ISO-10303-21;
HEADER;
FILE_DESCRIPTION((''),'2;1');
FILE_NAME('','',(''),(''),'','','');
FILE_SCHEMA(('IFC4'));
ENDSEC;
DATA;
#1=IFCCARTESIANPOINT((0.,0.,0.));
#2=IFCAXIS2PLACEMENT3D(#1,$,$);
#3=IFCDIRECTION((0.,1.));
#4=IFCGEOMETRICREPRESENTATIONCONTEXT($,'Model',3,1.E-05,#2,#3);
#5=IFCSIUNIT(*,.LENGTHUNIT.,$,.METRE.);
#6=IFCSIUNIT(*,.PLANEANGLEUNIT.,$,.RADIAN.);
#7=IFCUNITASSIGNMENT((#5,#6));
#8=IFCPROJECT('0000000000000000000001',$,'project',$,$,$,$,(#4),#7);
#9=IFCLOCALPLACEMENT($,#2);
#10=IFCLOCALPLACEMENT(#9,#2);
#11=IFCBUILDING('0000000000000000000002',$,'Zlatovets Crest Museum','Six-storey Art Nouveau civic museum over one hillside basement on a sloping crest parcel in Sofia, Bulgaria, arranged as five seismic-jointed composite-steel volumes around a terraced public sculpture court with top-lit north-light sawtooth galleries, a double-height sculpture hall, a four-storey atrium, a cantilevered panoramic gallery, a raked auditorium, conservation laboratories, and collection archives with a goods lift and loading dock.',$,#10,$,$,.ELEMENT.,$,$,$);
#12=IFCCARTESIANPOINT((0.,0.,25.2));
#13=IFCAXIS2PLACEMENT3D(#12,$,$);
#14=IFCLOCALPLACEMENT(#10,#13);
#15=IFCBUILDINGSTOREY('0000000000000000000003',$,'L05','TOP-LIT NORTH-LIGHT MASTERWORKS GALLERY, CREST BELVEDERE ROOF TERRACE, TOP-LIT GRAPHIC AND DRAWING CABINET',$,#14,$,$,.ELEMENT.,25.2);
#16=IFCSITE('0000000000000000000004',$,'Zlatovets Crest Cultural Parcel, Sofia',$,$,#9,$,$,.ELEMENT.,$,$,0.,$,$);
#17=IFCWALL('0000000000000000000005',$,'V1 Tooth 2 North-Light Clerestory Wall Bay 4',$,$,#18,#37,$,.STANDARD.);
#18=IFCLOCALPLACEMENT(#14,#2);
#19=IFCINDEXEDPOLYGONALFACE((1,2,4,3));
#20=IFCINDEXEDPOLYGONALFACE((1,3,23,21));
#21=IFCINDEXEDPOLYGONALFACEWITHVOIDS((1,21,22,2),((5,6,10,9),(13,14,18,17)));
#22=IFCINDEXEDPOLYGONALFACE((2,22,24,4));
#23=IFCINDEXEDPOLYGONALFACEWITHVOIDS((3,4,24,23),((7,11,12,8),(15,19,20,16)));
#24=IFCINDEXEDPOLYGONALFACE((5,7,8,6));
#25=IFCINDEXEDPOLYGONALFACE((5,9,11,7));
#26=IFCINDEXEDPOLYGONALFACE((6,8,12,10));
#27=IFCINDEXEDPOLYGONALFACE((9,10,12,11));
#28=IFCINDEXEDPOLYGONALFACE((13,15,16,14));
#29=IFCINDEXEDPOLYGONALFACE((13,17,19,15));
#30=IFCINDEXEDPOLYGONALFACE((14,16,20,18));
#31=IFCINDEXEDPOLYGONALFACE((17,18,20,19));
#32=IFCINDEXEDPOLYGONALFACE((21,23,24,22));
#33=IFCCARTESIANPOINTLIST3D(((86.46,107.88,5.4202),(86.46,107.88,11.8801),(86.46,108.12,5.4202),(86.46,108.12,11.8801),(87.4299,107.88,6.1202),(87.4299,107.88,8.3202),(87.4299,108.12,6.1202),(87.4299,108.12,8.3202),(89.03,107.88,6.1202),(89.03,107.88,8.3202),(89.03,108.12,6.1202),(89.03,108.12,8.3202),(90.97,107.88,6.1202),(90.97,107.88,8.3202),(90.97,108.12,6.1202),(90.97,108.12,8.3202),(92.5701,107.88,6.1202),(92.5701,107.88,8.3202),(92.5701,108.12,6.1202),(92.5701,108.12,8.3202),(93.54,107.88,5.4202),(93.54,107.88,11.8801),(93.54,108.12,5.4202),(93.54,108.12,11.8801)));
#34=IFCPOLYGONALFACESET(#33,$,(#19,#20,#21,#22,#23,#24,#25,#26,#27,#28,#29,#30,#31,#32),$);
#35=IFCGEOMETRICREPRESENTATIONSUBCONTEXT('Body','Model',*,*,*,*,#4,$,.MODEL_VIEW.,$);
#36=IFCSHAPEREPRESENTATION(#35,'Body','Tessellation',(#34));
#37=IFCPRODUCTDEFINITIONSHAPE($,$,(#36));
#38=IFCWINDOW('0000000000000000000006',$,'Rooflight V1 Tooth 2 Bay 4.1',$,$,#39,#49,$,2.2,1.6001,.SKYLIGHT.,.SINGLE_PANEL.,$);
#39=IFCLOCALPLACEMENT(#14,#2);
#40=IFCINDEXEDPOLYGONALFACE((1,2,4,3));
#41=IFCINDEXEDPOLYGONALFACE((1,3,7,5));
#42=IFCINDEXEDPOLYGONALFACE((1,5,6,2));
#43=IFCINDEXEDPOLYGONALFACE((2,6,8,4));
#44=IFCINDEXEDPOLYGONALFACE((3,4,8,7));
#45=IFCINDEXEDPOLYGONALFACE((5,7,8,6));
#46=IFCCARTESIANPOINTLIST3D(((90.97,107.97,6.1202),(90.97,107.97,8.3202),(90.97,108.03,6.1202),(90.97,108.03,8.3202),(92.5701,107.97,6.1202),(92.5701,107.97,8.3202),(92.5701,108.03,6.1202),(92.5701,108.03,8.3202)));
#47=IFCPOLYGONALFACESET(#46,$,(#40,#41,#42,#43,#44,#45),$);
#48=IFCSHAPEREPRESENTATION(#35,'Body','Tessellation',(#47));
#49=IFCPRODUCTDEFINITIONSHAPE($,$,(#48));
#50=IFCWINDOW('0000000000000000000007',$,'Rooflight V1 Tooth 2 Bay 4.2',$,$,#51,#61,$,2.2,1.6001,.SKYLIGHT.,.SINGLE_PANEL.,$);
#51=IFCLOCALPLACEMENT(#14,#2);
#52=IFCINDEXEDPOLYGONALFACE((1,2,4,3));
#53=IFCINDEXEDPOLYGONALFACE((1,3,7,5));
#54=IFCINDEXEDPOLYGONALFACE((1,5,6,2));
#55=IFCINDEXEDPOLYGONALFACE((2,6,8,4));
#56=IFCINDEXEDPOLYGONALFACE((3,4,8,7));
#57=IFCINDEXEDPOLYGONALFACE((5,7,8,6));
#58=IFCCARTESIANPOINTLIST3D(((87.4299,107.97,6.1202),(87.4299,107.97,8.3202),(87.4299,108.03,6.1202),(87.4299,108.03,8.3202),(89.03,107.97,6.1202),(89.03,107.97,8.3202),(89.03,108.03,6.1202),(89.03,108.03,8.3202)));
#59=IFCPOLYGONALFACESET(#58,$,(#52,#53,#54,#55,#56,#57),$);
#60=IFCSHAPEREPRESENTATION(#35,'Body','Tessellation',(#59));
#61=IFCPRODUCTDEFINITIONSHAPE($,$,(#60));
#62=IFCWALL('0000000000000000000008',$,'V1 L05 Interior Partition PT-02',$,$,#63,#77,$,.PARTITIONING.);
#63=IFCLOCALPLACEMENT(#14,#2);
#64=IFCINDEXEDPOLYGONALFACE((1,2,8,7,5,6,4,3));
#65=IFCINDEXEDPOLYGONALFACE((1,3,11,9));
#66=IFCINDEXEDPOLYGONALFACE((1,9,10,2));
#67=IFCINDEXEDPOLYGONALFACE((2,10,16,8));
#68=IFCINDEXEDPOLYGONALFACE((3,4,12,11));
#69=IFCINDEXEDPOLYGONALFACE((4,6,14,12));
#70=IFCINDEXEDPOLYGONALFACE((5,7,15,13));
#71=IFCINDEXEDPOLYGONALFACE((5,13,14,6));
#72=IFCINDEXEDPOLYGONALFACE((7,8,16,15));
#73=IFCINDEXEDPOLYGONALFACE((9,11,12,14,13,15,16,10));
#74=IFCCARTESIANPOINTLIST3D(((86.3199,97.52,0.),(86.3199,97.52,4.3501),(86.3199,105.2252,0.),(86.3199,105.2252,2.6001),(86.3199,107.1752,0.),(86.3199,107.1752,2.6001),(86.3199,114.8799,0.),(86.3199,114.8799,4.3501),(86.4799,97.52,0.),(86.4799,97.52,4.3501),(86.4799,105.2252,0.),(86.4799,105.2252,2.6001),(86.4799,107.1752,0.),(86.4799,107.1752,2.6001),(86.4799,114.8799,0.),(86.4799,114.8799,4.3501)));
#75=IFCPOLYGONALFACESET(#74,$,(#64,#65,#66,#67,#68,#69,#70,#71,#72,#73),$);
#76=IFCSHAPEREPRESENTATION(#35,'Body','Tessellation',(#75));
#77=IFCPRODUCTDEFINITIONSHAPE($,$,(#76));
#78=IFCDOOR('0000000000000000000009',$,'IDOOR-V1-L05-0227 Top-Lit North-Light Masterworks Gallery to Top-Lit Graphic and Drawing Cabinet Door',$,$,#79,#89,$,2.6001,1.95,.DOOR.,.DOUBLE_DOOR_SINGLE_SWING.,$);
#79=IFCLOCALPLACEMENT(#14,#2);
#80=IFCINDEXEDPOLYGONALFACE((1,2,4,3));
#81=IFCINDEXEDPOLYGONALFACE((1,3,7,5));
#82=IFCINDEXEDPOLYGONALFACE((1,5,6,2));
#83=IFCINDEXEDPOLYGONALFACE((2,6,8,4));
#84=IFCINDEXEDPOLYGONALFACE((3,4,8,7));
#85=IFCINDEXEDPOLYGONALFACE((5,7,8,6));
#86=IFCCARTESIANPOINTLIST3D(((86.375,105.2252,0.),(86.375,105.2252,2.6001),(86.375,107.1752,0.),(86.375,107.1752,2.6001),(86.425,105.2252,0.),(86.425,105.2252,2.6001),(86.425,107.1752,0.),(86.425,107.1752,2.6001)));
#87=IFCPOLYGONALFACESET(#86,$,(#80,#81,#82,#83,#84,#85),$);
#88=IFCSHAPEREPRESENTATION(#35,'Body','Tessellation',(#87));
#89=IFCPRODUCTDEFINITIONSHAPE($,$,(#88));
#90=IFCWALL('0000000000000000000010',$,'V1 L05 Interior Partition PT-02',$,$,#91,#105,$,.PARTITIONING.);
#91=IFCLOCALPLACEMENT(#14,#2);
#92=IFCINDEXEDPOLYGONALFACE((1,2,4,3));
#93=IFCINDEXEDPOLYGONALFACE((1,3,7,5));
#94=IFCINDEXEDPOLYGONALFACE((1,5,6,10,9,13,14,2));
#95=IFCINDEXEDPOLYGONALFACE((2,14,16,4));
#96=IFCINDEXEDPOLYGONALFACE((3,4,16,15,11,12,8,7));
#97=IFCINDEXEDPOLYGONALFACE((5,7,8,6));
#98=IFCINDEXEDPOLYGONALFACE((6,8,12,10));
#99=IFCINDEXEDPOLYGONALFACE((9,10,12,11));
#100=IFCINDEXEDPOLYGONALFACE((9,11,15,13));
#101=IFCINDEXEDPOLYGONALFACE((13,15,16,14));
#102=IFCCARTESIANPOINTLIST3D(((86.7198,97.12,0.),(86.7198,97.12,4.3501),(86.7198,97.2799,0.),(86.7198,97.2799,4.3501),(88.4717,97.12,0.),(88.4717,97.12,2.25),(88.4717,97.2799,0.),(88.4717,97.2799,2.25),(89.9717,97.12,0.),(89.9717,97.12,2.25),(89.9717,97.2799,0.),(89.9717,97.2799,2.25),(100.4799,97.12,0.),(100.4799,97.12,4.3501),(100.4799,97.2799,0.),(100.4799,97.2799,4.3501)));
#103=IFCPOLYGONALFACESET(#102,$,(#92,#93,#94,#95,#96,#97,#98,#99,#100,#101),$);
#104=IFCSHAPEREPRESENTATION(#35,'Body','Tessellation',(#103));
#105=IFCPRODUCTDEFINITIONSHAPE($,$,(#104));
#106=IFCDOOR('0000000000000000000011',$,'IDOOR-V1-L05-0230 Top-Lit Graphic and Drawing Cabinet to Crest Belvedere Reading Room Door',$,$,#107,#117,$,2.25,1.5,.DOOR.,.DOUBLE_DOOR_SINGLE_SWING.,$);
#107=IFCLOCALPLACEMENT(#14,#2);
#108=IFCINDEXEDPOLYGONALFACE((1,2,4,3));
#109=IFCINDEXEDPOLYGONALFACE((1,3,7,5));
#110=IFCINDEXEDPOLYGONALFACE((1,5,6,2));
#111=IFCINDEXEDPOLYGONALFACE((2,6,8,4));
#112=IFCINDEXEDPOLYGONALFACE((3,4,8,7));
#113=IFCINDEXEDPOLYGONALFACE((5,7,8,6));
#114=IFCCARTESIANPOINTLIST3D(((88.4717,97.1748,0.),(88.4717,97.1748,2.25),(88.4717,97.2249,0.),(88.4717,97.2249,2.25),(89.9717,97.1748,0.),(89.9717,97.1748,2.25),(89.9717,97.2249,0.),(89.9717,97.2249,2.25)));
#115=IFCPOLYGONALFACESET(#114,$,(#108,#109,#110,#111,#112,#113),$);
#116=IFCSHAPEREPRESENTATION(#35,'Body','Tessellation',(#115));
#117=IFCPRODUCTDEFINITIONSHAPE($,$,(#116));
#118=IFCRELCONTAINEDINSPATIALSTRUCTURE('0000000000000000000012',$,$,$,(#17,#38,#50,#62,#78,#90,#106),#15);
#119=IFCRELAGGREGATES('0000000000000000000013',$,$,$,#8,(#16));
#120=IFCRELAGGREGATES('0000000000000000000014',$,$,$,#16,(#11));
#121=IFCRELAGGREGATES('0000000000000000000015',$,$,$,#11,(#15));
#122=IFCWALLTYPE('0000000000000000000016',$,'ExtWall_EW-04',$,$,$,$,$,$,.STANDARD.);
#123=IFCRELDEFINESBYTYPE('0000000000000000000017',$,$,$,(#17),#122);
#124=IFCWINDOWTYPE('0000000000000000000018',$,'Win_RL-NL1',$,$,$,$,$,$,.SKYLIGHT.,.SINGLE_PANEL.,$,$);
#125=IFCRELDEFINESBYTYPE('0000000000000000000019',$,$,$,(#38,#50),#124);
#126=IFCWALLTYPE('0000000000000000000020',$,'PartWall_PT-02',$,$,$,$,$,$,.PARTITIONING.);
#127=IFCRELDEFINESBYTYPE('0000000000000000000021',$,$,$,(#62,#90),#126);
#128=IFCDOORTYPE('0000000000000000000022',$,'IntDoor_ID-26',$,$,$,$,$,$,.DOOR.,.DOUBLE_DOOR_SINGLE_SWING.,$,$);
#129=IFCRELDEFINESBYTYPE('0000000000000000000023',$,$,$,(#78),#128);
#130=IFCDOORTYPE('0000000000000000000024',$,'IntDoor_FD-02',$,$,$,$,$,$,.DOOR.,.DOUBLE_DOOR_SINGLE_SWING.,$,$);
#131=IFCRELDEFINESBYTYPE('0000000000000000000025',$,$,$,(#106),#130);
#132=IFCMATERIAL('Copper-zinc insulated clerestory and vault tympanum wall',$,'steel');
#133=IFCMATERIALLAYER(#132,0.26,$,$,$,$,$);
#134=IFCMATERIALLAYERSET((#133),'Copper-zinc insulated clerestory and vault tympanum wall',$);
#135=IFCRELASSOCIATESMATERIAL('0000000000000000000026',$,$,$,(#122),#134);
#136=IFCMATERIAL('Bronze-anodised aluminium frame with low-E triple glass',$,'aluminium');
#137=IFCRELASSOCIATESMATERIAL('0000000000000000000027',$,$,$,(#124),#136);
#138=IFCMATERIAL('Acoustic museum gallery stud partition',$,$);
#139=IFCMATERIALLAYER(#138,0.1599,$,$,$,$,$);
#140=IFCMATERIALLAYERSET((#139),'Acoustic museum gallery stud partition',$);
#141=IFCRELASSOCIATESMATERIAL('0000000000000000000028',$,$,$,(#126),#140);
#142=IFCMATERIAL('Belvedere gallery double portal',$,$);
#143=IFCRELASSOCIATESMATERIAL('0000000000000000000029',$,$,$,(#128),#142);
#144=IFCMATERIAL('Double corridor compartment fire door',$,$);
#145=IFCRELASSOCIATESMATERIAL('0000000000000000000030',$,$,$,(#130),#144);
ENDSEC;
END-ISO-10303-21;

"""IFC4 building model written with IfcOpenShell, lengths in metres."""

from ifc_helpers import new_model, si_unit, direction, frame, frame_2d, origin, place, context, subcontext, project, spatial, rectangle, extrude, material, layer, layer_set, type_object, element, fill, save


model = new_model("IFC4")

# Units and contexts
model_context = context("Model", 3, precision=1e-05, world=origin(), true_north=direction((0.0, 1.0)))
body_context = subcontext(model_context, "Body", "Model", "MODEL_VIEW")
ifc_project = project(units=[si_unit("LENGTHUNIT", "METRE"), si_unit("PLANEANGLEUNIT", "RADIAN")], contexts=[model_context])

# Site, building, storey
site_placement = place(None, origin())
site = spatial("IfcSite", under=ifc_project, at=site_placement, Name="Zlatovets Crest Cultural Parcel, Sofia", CompositionType="ELEMENT", RefElevation=0.0)
building_placement = place(site_placement, origin())
building = spatial("IfcBuilding", under=site, at=building_placement, Name="Zlatovets Crest Museum", Description="Six-storey Art Nouveau civic museum over one hillside basement on a sloping crest parcel in Sofia, Bulgaria, arranged as five seismic-jointed composite-steel volumes around a terraced public sculpture court with top-lit north-light sawtooth galleries, a double-height sculpture hall, a four-storey atrium, a cantilevered panoramic gallery, a raked auditorium, conservation laboratories, and collection archives with a goods lift and loading dock.", CompositionType="ELEMENT")
storey_placement = place(building_placement, frame((0.0, 0.0, 25.2)))
storey = spatial("IfcBuildingStorey", under=building, at=storey_placement, Name="L05", Description="TOP-LIT NORTH-LIGHT MASTERWORKS GALLERY, CREST BELVEDERE ROOF TERRACE, TOP-LIT GRAPHIC AND DRAWING CABINET", CompositionType="ELEMENT", Elevation=25.2)

# Wall, openings, windows
ifc_material_1 = material(Name="Copper-zinc insulated clerestory and vault tympanum wall", Category="steel")
ifc_layer_1 = layer(ifc_material_1, 0.26)
ifc_layer_set_1 = layer_set([ifc_layer_1], Name="Copper-zinc insulated clerestory and vault tympanum wall")
wall_type_1 = type_object("IfcWallType", Name="ExtWall_EW-04", PredefinedType="STANDARD", material=ifc_layer_set_1)
ifc_material_2 = material(Name="Bronze-anodised aluminium frame with low-E triple glass", Category="aluminium")
wall_1_placement = place(storey_placement, frame((93.54, 108.0, 5.4202), z_axis=(0.0, 0.0, 1.0), x_axis=(-1.0, 0.0, 0.0)))
wall_1 = element("IfcWall", 1, at=wall_1_placement, inside=storey, type_object=wall_type_1, Name="V1 Tooth 2 North-Light Clerestory Wall Bay 4", PredefinedType="STANDARD", context=body_context, shape_type="SweptSolid", body=[
    extrude(rectangle(XDim=7.0801, YDim=0.24, at=frame_2d((3.54, 0.0))), origin(), (0.0, 0.0, 1.0), 6.46),
])
opening_1_placement = place(wall_1_placement, frame((0.97, 0.0, 0.7)))
opening_1 = element("IfcOpeningElement", 2, at=opening_1_placement, cuts=wall_1, PredefinedType="OPENING", context=body_context, shape_type="SweptSolid", body=[
    extrude(rectangle(XDim=1.6001, YDim=2.2, at=frame_2d((0.8, 1.1001))), frame((0.0, 0.1299, 0.0), z_axis=(0.0, -1.0, 0.0), x_axis=(1.0, 0.0, 0.0)), (0.0, 0.0, 1.0), 0.26),
])
opening_2_placement = place(wall_1_placement, frame((4.51, 0.0, 0.7)))
opening_2 = element("IfcOpeningElement", 3, at=opening_2_placement, cuts=wall_1, PredefinedType="OPENING", context=body_context, shape_type="SweptSolid", body=[
    extrude(rectangle(XDim=1.6001, YDim=2.2, at=frame_2d((0.8, 1.1001))), frame((0.0, 0.1299, 0.0), z_axis=(0.0, -1.0, 0.0), x_axis=(1.0, 0.0, 0.0)), (0.0, 0.0, 1.0), 0.26),
])
window_type_1 = type_object("IfcWindowType", Name="Win_RL-NL1", PartitioningType="SINGLE_PANEL", PredefinedType="SKYLIGHT", material=ifc_material_2)
window_1_placement = place(opening_1_placement, origin())
window_1 = element("IfcWindow", 4, at=window_1_placement, inside=storey, type_object=window_type_1, Name="Rooflight V1 Tooth 2 Bay 4.1", OverallHeight=2.2, OverallWidth=1.6001, PartitioningType="SINGLE_PANEL", PredefinedType="SKYLIGHT", context=body_context, shape_type="SweptSolid", body=[
    extrude(rectangle(XDim=1.6001, YDim=2.2, at=frame_2d((0.8, 1.1001))), frame((0.0, 0.03, 0.0), z_axis=(0.0, -1.0, 0.0), x_axis=(1.0, 0.0, 0.0)), (0.0, 0.0, 1.0), 0.0601),
])
fill(opening_1, window_1)
window_2_placement = place(opening_2_placement, origin())
window_2 = element("IfcWindow", 5, at=window_2_placement, inside=storey, type_object=window_type_1, Name="Rooflight V1 Tooth 2 Bay 4.2", OverallHeight=2.2, OverallWidth=1.6001, PartitioningType="SINGLE_PANEL", PredefinedType="SKYLIGHT", context=body_context, shape_type="SweptSolid", body=[
    extrude(rectangle(XDim=1.6001, YDim=2.2, at=frame_2d((0.8, 1.1001))), frame((0.0, 0.03, 0.0), z_axis=(0.0, -1.0, 0.0), x_axis=(1.0, 0.0, 0.0)), (0.0, 0.0, 1.0), 0.0601),
])
fill(opening_2, window_2)

# Walls, openings, doors
ifc_material_3 = material(Name="Acoustic museum gallery stud partition")
ifc_layer_2 = layer(ifc_material_3, 0.1599)
ifc_layer_set_2 = layer_set([ifc_layer_2], Name="Acoustic museum gallery stud partition")
wall_type_2 = type_object("IfcWallType", Name="PartWall_PT-02", PredefinedType="PARTITIONING", material=ifc_layer_set_2)
wall_2_placement = place(storey_placement, frame((86.3999, 97.52, 0.0), z_axis=(0.0, 0.0, 1.0), x_axis=(0.0, 1.0, 0.0)))
wall_2 = element("IfcWall", 6, at=wall_2_placement, inside=storey, type_object=wall_type_2, Name="V1 L05 Interior Partition PT-02", PredefinedType="PARTITIONING", context=body_context, shape_type="SweptSolid", body=[
    extrude(rectangle(XDim=17.3599, YDim=0.1599, at=frame_2d((8.6799, 0.0))), origin(), (0.0, 0.0, 1.0), 4.3501),
])
opening_3_placement = place(wall_2_placement, frame((7.7051, 0.0, 0.0)))
opening_3 = element("IfcOpeningElement", 7, at=opening_3_placement, cuts=wall_2, PredefinedType="OPENING", context=body_context, shape_type="SweptSolid", body=[
    extrude(rectangle(XDim=1.95, YDim=2.6001, at=frame_2d((0.9751, 1.3))), frame((0.0, 0.0898, 0.0), z_axis=(0.0, -1.0, 0.0), x_axis=(1.0, 0.0, 0.0)), (0.0, 0.0, 1.0), 0.1799),
])
ifc_material_4 = material(Name="Belvedere gallery double portal")
door_type_1 = type_object("IfcDoorType", Name="IntDoor_ID-26", OperationType="DOUBLE_DOOR_SINGLE_SWING", PredefinedType="DOOR", material=ifc_material_4)
door_1_placement = place(opening_3_placement, origin())
door_1 = element("IfcDoor", 8, at=door_1_placement, inside=storey, type_object=door_type_1, Name="IDOOR-V1-L05-0227 Top-Lit North-Light Masterworks Gallery to Top-Lit Graphic and Drawing Cabinet Door", OperationType="DOUBLE_DOOR_SINGLE_SWING", OverallHeight=2.6001, OverallWidth=1.95, PredefinedType="DOOR", context=body_context, shape_type="SweptSolid", body=[
    extrude(rectangle(XDim=1.95, YDim=2.6001, at=frame_2d((0.9751, 1.3))), frame((0.0, 0.0249, 0.0), z_axis=(0.0, -1.0, 0.0), x_axis=(1.0, 0.0, 0.0)), (0.0, 0.0, 1.0), 0.05),
])
fill(opening_3, door_1)
wall_3_placement = place(storey_placement, frame((86.72, 97.2, 0.0), z_axis=(0.0, 0.0, 1.0), x_axis=(1.0, 0.0, 0.0)))
wall_3 = element("IfcWall", 9, at=wall_3_placement, inside=storey, type_object=wall_type_2, Name="V1 L05 Interior Partition PT-02", PredefinedType="PARTITIONING", context=body_context, shape_type="SweptSolid", body=[
    extrude(rectangle(XDim=13.76, YDim=0.1599, at=frame_2d((6.8799, 0.0))), origin(), (0.0, 0.0, 1.0), 4.3501),
])
opening_4_placement = place(wall_3_placement, frame((1.7517, 0.0, 0.0)))
opening_4 = element("IfcOpeningElement", 10, at=opening_4_placement, cuts=wall_3, PredefinedType="OPENING", context=body_context, shape_type="SweptSolid", body=[
    extrude(rectangle(XDim=1.5, YDim=2.25, at=frame_2d((0.75, 1.125))), frame((0.0, 0.0898, 0.0), z_axis=(0.0, -1.0, 0.0), x_axis=(1.0, 0.0, 0.0)), (0.0, 0.0, 1.0), 0.1799),
])
ifc_material_5 = material(Name="Double corridor compartment fire door")
door_type_2 = type_object("IfcDoorType", Name="IntDoor_FD-02", OperationType="DOUBLE_DOOR_SINGLE_SWING", PredefinedType="DOOR", material=ifc_material_5)
door_2_placement = place(opening_4_placement, origin())
door_2 = element("IfcDoor", 11, at=door_2_placement, inside=storey, type_object=door_type_2, Name="IDOOR-V1-L05-0230 Top-Lit Graphic and Drawing Cabinet to Crest Belvedere Reading Room Door", OperationType="DOUBLE_DOOR_SINGLE_SWING", OverallHeight=2.25, OverallWidth=1.5, PredefinedType="DOOR", context=body_context, shape_type="SweptSolid", body=[
    extrude(rectangle(XDim=1.5, YDim=2.25, at=frame_2d((0.75, 1.125))), frame((0.0, 0.0249, 0.0), z_axis=(0.0, -1.0, 0.0), x_axis=(1.0, 0.0, 0.0)), (0.0, 0.0, 1.0), 0.05),
])
fill(opening_4, door_2)

save(model, "model.ifc")
